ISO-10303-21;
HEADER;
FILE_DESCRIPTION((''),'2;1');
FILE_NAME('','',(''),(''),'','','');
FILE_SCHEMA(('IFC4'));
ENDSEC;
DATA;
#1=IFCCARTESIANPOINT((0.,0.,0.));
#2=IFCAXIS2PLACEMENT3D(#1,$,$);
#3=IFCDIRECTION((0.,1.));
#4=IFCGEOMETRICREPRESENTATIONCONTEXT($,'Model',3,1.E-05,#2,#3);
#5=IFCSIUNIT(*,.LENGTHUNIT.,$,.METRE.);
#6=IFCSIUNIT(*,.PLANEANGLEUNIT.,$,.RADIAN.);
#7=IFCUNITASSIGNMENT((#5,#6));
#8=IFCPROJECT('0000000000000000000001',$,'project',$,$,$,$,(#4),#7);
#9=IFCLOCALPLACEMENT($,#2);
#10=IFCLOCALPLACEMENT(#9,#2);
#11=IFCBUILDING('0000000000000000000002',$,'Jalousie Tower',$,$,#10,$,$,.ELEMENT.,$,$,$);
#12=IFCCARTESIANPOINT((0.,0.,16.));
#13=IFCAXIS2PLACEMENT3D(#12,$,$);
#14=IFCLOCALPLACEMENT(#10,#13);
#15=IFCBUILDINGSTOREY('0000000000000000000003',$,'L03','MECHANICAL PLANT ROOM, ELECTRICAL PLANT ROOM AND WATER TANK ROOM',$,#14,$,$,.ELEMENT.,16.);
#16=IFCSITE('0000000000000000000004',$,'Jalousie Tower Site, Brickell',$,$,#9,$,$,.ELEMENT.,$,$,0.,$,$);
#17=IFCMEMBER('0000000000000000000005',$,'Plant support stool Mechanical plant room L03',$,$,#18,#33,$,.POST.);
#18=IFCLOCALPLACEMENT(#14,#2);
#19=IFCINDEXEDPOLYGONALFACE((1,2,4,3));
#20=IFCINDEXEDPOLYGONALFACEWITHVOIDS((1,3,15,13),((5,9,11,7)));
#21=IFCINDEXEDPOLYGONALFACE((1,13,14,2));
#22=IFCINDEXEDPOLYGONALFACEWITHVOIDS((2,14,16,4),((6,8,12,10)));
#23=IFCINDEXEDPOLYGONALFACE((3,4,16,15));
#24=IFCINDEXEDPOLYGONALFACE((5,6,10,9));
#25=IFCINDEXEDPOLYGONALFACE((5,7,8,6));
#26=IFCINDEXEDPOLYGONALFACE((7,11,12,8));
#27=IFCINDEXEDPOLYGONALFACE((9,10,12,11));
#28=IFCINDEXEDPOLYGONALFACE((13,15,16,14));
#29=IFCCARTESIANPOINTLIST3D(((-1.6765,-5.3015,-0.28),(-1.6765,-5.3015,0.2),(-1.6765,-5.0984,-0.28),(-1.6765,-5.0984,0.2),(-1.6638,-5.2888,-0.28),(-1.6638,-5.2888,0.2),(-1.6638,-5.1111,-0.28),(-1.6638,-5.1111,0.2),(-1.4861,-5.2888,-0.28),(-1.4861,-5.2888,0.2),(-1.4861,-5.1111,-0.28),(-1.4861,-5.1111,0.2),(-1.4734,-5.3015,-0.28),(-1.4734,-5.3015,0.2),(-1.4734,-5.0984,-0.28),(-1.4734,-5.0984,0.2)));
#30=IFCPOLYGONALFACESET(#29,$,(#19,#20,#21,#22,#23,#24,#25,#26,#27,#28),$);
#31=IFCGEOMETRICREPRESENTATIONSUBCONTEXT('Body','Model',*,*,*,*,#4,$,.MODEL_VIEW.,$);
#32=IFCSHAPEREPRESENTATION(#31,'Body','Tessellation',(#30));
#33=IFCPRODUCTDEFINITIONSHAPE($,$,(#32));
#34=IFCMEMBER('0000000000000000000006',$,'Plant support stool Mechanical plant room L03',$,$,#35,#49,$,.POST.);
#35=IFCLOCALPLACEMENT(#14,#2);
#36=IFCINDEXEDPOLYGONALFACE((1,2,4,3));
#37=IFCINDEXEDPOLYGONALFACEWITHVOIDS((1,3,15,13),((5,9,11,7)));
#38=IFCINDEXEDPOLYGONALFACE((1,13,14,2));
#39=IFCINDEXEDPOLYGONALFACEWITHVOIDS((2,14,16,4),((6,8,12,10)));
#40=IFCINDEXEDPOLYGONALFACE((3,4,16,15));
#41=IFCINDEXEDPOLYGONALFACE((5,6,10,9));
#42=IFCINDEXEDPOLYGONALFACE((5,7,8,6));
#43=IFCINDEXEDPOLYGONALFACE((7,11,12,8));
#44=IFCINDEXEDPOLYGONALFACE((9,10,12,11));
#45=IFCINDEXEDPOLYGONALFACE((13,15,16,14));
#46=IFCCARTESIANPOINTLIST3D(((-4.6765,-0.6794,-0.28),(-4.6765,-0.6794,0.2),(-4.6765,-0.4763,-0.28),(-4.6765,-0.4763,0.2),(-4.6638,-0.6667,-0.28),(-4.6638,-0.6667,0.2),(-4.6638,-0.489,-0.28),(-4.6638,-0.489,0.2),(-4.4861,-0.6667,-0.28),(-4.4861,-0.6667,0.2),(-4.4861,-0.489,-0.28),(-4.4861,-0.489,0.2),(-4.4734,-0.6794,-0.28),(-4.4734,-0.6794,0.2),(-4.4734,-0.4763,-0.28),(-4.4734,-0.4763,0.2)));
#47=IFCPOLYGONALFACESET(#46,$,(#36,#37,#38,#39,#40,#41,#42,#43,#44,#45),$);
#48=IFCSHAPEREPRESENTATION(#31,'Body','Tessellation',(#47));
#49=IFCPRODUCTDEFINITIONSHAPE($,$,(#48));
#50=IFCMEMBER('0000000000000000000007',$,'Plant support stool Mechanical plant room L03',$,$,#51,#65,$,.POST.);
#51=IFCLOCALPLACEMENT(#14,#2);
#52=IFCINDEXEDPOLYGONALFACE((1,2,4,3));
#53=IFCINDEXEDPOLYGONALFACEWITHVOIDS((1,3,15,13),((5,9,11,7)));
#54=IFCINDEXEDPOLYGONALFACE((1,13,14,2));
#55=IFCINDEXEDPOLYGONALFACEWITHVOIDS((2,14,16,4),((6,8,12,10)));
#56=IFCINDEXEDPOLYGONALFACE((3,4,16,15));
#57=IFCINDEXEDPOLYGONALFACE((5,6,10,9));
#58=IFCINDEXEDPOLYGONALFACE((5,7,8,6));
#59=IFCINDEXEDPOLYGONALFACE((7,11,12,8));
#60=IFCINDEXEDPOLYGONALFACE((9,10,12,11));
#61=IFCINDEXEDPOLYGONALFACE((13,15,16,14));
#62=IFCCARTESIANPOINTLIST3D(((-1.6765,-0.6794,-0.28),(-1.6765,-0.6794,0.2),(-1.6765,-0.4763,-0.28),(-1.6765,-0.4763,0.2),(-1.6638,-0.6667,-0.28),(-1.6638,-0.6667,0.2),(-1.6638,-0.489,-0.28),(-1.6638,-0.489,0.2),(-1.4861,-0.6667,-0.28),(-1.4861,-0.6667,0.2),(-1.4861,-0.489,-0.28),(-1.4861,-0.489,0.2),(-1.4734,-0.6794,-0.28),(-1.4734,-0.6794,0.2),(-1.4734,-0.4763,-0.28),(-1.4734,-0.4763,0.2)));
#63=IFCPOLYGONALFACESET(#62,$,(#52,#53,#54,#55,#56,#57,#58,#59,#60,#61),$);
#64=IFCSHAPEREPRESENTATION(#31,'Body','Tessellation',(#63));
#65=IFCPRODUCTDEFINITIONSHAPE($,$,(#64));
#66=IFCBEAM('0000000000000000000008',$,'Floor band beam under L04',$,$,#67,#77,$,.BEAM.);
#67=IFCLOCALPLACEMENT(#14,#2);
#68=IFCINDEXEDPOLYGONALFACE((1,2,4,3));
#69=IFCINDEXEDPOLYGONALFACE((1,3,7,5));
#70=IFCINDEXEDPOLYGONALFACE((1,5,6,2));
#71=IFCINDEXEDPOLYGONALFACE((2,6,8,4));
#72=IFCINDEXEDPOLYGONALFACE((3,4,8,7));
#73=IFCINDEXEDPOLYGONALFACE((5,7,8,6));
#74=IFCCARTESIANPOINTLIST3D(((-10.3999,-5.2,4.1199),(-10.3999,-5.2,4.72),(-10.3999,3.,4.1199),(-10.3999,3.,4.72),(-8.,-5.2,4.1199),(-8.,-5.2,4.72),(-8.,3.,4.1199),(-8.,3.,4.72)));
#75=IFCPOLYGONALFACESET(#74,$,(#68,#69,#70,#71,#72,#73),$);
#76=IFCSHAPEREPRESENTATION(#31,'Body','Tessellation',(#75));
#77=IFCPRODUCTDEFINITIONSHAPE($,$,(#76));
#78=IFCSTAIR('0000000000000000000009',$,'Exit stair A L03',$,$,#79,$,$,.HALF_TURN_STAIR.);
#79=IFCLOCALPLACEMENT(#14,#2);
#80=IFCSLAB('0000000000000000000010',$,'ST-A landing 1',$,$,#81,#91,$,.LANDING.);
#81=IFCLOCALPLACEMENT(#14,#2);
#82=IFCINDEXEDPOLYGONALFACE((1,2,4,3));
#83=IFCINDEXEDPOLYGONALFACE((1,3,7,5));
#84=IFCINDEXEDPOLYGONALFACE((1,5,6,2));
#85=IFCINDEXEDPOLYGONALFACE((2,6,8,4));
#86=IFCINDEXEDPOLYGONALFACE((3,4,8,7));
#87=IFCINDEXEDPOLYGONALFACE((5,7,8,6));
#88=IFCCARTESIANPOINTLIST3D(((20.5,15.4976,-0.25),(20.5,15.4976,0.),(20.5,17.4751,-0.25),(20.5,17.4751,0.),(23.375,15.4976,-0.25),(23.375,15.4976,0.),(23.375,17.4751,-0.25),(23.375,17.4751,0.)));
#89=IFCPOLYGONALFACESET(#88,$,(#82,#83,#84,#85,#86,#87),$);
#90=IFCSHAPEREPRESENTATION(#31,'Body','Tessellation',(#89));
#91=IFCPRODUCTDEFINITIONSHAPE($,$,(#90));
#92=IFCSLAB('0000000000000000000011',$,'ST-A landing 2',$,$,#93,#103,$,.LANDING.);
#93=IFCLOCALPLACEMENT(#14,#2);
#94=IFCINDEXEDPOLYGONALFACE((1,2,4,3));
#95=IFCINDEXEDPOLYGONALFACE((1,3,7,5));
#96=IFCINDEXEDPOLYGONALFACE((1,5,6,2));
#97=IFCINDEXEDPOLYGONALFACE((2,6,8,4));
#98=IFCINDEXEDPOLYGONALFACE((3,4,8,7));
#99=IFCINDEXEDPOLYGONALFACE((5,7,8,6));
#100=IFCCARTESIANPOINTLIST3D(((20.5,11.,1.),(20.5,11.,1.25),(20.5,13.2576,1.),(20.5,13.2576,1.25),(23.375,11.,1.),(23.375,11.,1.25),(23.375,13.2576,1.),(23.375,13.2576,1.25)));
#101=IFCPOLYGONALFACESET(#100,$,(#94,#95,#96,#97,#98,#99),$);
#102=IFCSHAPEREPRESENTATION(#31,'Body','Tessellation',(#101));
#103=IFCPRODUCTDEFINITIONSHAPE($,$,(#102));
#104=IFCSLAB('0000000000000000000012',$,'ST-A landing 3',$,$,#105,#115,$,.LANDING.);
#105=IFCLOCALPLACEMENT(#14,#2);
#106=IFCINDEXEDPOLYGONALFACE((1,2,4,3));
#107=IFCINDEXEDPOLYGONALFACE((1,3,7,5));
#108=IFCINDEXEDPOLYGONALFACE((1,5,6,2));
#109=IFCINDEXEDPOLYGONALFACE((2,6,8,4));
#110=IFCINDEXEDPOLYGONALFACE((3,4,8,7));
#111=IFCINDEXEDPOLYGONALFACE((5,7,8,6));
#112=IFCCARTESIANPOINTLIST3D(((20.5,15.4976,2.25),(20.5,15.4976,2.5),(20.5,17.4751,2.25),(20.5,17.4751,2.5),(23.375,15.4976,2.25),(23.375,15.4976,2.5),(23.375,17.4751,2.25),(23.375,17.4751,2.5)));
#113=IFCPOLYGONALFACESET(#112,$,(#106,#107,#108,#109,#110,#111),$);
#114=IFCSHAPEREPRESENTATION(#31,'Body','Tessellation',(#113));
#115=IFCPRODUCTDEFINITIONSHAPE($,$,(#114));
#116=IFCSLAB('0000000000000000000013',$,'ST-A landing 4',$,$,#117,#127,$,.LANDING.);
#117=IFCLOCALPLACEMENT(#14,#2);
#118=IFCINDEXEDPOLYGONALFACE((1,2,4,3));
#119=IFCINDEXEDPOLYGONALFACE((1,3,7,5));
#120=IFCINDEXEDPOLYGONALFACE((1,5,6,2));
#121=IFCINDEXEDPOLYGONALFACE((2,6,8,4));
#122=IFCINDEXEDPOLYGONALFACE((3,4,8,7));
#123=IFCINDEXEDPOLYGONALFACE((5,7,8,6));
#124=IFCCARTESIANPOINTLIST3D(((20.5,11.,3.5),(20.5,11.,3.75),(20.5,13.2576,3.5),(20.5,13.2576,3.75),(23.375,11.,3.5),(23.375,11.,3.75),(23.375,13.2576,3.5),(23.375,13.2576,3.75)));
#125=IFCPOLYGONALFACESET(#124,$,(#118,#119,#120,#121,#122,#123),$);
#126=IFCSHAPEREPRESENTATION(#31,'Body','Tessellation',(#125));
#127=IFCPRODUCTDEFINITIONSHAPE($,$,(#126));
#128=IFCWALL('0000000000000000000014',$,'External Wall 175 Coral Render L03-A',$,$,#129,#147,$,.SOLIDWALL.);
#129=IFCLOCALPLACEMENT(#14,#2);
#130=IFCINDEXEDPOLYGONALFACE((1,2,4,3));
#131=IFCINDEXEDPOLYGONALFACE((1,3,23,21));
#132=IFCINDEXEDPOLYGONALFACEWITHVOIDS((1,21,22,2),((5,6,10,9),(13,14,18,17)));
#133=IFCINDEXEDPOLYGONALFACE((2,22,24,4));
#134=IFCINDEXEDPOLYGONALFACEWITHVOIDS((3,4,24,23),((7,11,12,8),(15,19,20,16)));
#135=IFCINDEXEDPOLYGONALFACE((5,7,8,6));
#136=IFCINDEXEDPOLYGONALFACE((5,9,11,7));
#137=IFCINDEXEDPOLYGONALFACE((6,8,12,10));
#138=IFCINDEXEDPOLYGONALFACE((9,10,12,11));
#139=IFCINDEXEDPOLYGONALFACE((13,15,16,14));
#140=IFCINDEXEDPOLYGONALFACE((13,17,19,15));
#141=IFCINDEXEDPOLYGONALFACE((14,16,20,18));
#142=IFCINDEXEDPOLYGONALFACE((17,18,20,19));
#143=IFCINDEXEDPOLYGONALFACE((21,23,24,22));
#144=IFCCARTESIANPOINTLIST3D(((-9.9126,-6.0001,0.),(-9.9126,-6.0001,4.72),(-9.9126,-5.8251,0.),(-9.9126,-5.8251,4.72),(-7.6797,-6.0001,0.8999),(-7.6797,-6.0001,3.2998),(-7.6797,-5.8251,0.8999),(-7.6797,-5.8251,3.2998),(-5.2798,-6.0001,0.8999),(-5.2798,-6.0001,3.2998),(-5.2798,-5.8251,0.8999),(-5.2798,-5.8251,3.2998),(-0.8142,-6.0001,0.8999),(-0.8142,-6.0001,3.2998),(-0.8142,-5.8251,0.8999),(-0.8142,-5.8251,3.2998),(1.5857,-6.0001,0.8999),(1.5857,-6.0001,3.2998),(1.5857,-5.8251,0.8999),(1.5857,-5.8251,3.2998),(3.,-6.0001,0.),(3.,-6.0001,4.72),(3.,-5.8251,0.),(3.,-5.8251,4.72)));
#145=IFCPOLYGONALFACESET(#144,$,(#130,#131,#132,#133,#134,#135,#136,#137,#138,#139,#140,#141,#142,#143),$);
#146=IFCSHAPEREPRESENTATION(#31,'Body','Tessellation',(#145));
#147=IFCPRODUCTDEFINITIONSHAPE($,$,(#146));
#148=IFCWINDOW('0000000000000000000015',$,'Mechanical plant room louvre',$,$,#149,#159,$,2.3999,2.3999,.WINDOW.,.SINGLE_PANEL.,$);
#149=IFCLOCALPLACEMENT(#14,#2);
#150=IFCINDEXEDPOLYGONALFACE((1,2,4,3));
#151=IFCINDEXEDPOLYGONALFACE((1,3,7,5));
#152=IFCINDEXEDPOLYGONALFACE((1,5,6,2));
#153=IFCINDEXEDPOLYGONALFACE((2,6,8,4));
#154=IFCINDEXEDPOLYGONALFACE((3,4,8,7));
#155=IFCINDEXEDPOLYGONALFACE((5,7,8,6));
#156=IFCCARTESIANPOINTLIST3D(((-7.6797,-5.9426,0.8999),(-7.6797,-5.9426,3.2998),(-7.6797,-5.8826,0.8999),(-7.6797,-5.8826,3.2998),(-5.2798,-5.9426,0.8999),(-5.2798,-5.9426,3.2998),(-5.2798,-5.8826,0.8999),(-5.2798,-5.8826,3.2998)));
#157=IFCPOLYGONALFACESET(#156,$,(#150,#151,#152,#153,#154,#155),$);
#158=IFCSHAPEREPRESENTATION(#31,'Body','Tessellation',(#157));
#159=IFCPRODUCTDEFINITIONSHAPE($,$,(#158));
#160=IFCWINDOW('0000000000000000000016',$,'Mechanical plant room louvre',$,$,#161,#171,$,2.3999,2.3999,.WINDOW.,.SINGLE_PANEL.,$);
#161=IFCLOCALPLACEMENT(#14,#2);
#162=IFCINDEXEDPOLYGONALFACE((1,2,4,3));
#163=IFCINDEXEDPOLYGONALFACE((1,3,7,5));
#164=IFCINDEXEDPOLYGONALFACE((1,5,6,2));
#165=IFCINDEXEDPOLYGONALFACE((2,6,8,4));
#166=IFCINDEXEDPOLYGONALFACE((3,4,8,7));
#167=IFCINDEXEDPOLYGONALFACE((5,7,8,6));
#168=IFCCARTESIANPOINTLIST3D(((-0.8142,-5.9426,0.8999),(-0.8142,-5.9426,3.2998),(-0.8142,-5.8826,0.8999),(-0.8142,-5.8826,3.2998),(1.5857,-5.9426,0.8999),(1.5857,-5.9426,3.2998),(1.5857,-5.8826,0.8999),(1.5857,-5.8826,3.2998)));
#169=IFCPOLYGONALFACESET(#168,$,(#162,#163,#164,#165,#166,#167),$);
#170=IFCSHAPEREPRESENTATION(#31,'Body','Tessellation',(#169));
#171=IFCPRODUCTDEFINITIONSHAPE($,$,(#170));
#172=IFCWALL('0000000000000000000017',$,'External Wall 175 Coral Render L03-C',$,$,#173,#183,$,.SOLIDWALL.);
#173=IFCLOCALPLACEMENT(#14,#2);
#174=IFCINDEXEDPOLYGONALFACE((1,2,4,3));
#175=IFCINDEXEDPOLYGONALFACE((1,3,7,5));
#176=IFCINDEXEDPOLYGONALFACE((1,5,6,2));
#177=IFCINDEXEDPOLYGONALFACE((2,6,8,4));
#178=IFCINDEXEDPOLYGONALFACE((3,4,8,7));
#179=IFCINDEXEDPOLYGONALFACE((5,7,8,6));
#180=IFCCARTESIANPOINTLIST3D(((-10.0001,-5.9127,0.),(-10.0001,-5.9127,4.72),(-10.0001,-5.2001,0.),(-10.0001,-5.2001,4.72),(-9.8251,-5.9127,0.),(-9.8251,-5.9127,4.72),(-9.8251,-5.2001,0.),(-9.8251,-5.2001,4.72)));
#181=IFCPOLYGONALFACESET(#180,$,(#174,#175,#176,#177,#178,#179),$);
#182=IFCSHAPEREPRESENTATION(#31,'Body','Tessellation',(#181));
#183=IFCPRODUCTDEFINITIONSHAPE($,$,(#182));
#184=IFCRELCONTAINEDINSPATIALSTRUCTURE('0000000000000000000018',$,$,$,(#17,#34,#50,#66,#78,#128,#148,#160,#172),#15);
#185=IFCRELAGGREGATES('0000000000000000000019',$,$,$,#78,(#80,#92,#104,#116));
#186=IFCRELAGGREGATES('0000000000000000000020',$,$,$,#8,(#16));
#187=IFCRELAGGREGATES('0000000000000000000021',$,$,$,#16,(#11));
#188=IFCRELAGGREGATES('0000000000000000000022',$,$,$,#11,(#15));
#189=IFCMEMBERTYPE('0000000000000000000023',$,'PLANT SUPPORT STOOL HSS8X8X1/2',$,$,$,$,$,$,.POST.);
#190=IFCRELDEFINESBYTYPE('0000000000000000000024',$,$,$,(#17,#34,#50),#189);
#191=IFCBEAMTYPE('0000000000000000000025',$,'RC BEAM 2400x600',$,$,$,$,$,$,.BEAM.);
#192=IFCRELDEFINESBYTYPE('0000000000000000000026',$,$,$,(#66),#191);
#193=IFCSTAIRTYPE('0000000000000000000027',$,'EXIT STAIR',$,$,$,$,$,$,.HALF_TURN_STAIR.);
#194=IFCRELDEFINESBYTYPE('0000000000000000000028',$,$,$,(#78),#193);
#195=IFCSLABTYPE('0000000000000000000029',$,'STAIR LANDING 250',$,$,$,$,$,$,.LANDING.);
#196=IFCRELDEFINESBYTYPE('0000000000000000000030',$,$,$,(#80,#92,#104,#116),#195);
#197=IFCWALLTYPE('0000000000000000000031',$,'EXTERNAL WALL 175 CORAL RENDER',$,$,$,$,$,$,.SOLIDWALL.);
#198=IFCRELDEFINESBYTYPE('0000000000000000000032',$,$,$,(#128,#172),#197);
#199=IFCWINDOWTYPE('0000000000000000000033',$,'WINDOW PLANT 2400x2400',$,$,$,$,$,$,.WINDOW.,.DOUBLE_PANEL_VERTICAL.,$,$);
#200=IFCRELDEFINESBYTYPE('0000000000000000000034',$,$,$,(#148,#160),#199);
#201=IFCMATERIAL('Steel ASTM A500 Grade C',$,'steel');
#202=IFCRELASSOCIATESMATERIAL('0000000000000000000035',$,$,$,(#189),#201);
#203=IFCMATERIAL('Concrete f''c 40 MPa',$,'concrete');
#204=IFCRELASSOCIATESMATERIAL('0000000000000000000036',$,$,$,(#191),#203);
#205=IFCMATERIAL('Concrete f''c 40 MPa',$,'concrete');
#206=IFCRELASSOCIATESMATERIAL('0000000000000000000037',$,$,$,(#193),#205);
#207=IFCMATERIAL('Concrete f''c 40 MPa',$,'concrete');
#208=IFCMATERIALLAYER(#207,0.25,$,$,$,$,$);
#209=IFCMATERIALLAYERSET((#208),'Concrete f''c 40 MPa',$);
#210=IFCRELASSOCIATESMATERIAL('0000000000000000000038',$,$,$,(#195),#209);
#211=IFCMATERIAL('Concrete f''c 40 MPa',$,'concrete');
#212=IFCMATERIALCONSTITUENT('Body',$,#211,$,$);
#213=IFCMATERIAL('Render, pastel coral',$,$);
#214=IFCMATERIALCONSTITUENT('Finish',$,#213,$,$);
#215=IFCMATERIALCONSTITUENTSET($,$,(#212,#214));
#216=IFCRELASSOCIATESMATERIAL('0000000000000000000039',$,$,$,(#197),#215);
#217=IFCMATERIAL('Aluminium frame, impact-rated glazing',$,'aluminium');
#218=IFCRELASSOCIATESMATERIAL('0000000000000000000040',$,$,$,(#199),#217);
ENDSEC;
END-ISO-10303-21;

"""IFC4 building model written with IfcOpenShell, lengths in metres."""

from ifc_helpers import new_model, si_unit, direction, frame, frame_2d, origin, origin_2d, place, context, subcontext, project, spatial, polyline, rectangle, hollow_rectangle, outline, extrude, material, layer, layer_set, constituent, constituent_set, material_profile, profile_set, type_object, element, fill, aggregate, save


model = new_model("IFC4")

# Units and contexts
model_context = context("Model", 3, precision=1e-05, world=origin(), true_north=direction((0.0, 1.0)))
body_context = subcontext(model_context, "Body", "Model", "MODEL_VIEW")
ifc_project = project(units=[si_unit("LENGTHUNIT", "METRE"), si_unit("PLANEANGLEUNIT", "RADIAN")], contexts=[model_context])

# Site, building, storey
site_placement = place(None, origin())
site = spatial("IfcSite", under=ifc_project, at=site_placement, Name="Jalousie Tower Site, Brickell", CompositionType="ELEMENT", RefElevation=0.0)
building_placement = place(site_placement, origin())
building = spatial("IfcBuilding", under=site, at=building_placement, Name="Jalousie Tower", CompositionType="ELEMENT")
storey_placement = place(building_placement, frame((0.0, 0.0, 16.0)))
storey = spatial("IfcBuildingStorey", under=building, at=storey_placement, Name="L03", Description="MECHANICAL PLANT ROOM, ELECTRICAL PLANT ROOM AND WATER TANK ROOM", CompositionType="ELEMENT", Elevation=16.0)

# Members
ifc_material_1 = material(Name="Steel ASTM A500 Grade C", Category="steel")
ifc_material_profile_1 = material_profile(ifc_material_1, hollow_rectangle(XDim=0.2031, YDim=0.2031, WallThickness=0.0127, at=origin_2d()), Name="HSS8X8X1/2")
ifc_profile_set_1 = profile_set([ifc_material_profile_1], Name="Steel ASTM A500 Grade C")
member_type = type_object("IfcMemberType", Name="PLANT SUPPORT STOOL HSS8X8X1/2", PredefinedType="POST", material=ifc_profile_set_1)
for number, where, z_axis, x_axis, name in (
    (1, (-1.575, -5.2, -0.28), (0.0, 0.0, 1.0), (1.0, 0.0, 0.0), "Plant support stool Mechanical plant room L03"),
    (2, (-4.575, -0.5779, -0.28), (0.0, 0.0, 1.0), (1.0, 0.0, 0.0), "Plant support stool Mechanical plant room L03"),
    (3, (-1.575, -0.5779, -0.28), (0.0, 0.0, 1.0), (1.0, 0.0, 0.0), "Plant support stool Mechanical plant room L03"),
):
    element("IfcMember", number, at=place(storey_placement, frame(where, z_axis=z_axis, x_axis=x_axis)), inside=storey, type_object=member_type, Name=name, PredefinedType="POST", context=body_context, shape_type="SweptSolid", body=[
        extrude(hollow_rectangle(XDim=0.2031, YDim=0.2031, WallThickness=0.0127, at=origin_2d()), origin(), (0.0, 0.0, 1.0), 0.48),
    ])

# Beam
ifc_material_2 = material(Name="Concrete f'c 40 MPa", Category="concrete")
ifc_material_profile_2 = material_profile(ifc_material_2, rectangle(XDim=2.3999, YDim=0.6001, at=origin_2d()), Name="RC 2400x600")
ifc_profile_set_2 = profile_set([ifc_material_profile_2], Name="Concrete f'c 40 MPa")
beam_type_1 = type_object("IfcBeamType", Name="RC BEAM 2400x600", PredefinedType="BEAM", material=ifc_profile_set_2)
beam_1_placement = place(storey_placement, frame((-9.2, -5.2, 4.4199), z_axis=(0.0, 1.0, 0.0), x_axis=(-1.0, 0.0, 0.0)))
element("IfcBeam", 4, at=beam_1_placement, inside=storey, type_object=beam_type_1, Name="Floor band beam under L04", PredefinedType="BEAM", context=body_context, shape_type="SweptSolid", body=[
    extrude(rectangle(XDim=2.3999, YDim=0.6001, at=origin_2d()), origin(), (0.0, 0.0, 1.0), 8.2),
])

# Stair, slabs
ifc_material_3 = material(Name="Concrete f'c 40 MPa", Category="concrete")
stair_type = type_object("IfcStairType", Name="EXIT STAIR", PredefinedType="HALF_TURN_STAIR", material=ifc_material_3)
stair_placement = place(storey_placement, origin())
stair = element("IfcStair", 5, at=stair_placement, inside=storey, type_object=stair_type, Name="Exit stair A L03", PredefinedType="HALF_TURN_STAIR")
ifc_material_4 = material(Name="Concrete f'c 40 MPa", Category="concrete")
ifc_layer_1 = layer(ifc_material_4, 0.25)
ifc_layer_set_1 = layer_set([ifc_layer_1], Name="Concrete f'c 40 MPa")
slab_type_1 = type_object("IfcSlabType", Name="STAIR LANDING 250", PredefinedType="LANDING", material=ifc_layer_set_1)
slab_1_placement = place(storey_placement, frame((0.0, 0.0, -0.25)))
slab_1 = element("IfcSlab", 6, at=slab_1_placement, type_object=slab_type_1, Name="ST-A landing 1", PredefinedType="LANDING", context=body_context, shape_type="SweptSolid", body=[
    extrude(outline(polyline([(20.5, 15.4976), (23.375, 15.4976), (23.375, 17.4751), (20.5, 17.4751), (20.5, 15.4976)])), origin(), (0.0, 0.0, 1.0), 0.25),
])
slab_2_placement = place(storey_placement, frame((0.0, 0.0, 1.0)))
slab_2 = element("IfcSlab", 7, at=slab_2_placement, type_object=slab_type_1, Name="ST-A landing 2", PredefinedType="LANDING", context=body_context, shape_type="SweptSolid", body=[
    extrude(outline(polyline([(20.5, 11.0), (23.375, 11.0), (23.375, 13.2576), (20.5, 13.2576), (20.5, 11.0)])), origin(), (0.0, 0.0, 1.0), 0.25),
])
slab_3_placement = place(storey_placement, frame((0.0, 0.0, 2.25)))
slab_3 = element("IfcSlab", 8, at=slab_3_placement, type_object=slab_type_1, Name="ST-A landing 3", PredefinedType="LANDING", context=body_context, shape_type="SweptSolid", body=[
    extrude(outline(polyline([(20.5, 15.4976), (23.375, 15.4976), (23.375, 17.4751), (20.5, 17.4751), (20.5, 15.4976)])), origin(), (0.0, 0.0, 1.0), 0.25),
])
slab_4_placement = place(storey_placement, frame((0.0, 0.0, 3.5)))
slab_4 = element("IfcSlab", 9, at=slab_4_placement, type_object=slab_type_1, Name="ST-A landing 4", PredefinedType="LANDING", context=body_context, shape_type="SweptSolid", body=[
    extrude(outline(polyline([(20.5, 11.0), (23.375, 11.0), (23.375, 13.2576), (20.5, 13.2576), (20.5, 11.0)])), origin(), (0.0, 0.0, 1.0), 0.25),
])
aggregate(stair, [slab_1, slab_2, slab_3, slab_4])

# Wall, openings, windows
ifc_material_5 = material(Name="Concrete f'c 40 MPa", Category="concrete")
ifc_constituent_1 = constituent(ifc_material_5, Name="Body")
ifc_material_6 = material(Name="Render, pastel coral")
ifc_constituent_2 = constituent(ifc_material_6, Name="Finish")
ifc_constituent_set = constituent_set(constituents=[ifc_constituent_1, ifc_constituent_2])
wall_type = type_object("IfcWallType", Name="EXTERNAL WALL 175 CORAL RENDER", PredefinedType="SOLIDWALL", material=ifc_constituent_set)
wall_1_placement = place(storey_placement, frame((-9.9126, -5.9126, 0.0), z_axis=(0.0, 0.0, 1.0), x_axis=(1.0, 0.0, 0.0)))
wall_1 = element("IfcWall", 10, at=wall_1_placement, inside=storey, type_object=wall_type, Name="External Wall 175 Coral Render L03-A", PredefinedType="SOLIDWALL", context=body_context, shape_type="SweptSolid", body=[
    extrude(rectangle(XDim=12.9126, YDim=0.175, at=frame_2d((6.4563, 0.0))), origin(), (0.0, 0.0, 1.0), 4.72),
])
opening_1_placement = place(wall_1_placement, frame((2.2329, 0.0, 0.8999)))
opening_1 = element("IfcOpeningElement", 11, at=opening_1_placement, cuts=wall_1, PredefinedType="OPENING", context=body_context, shape_type="SweptSolid", body=[
    extrude(rectangle(XDim=2.3999, YDim=2.3999, at=frame_2d((1.2, 1.2))), frame((0.0, 0.0974, 0.0), z_axis=(0.0, -1.0, 0.0), x_axis=(1.0, 0.0, 0.0)), (0.0, 0.0, 1.0), 0.1951),
])
opening_2_placement = place(wall_1_placement, frame((9.0984, 0.0, 0.8999)))
opening_2 = element("IfcOpeningElement", 12, at=opening_2_placement, cuts=wall_1, PredefinedType="OPENING", context=body_context, shape_type="SweptSolid", body=[
    extrude(rectangle(XDim=2.3999, YDim=2.3999, at=frame_2d((1.2, 1.2))), frame((0.0, 0.0974, 0.0), z_axis=(0.0, -1.0, 0.0), x_axis=(1.0, 0.0, 0.0)), (0.0, 0.0, 1.0), 0.1951),
])
ifc_material_7 = material(Name="Aluminium frame, impact-rated glazing", Category="aluminium")
window_type = type_object("IfcWindowType", Name="WINDOW PLANT 2400x2400", PartitioningType="DOUBLE_PANEL_VERTICAL", PredefinedType="WINDOW", material=ifc_material_7)
window_1_placement = place(opening_1_placement, origin())
window_1 = element("IfcWindow", 13, at=window_1_placement, inside=storey, type_object=window_type, Name="Mechanical plant room louvre", OverallHeight=2.3999, OverallWidth=2.3999, PartitioningType="SINGLE_PANEL", PredefinedType="WINDOW", context=body_context, shape_type="SweptSolid", body=[
    extrude(rectangle(XDim=2.3999, YDim=2.3999, at=frame_2d((1.2, 1.2))), frame((0.0, 0.03, 0.0), z_axis=(0.0, -1.0, 0.0), x_axis=(1.0, 0.0, 0.0)), (0.0, 0.0, 1.0), 0.0601),
])
fill(opening_1, window_1)
window_2_placement = place(opening_2_placement, origin())
window_2 = element("IfcWindow", 14, at=window_2_placement, inside=storey, type_object=window_type, Name="Mechanical plant room louvre", OverallHeight=2.3999, OverallWidth=2.3999, PartitioningType="SINGLE_PANEL", PredefinedType="WINDOW", context=body_context, shape_type="SweptSolid", body=[
    extrude(rectangle(XDim=2.3999, YDim=2.3999, at=frame_2d((1.2, 1.2))), frame((0.0, 0.03, 0.0), z_axis=(0.0, -1.0, 0.0), x_axis=(1.0, 0.0, 0.0)), (0.0, 0.0, 1.0), 0.0601),
])
fill(opening_2, window_2)

# Wall
wall_2_placement = place(storey_placement, frame((-9.9126, -5.2, 0.0), z_axis=(0.0, 0.0, 1.0), x_axis=(0.0, -1.0, 0.0)))
element("IfcWall", 15, at=wall_2_placement, inside=storey, type_object=wall_type, Name="External Wall 175 Coral Render L03-C", PredefinedType="SOLIDWALL", context=body_context, shape_type="SweptSolid", body=[
    extrude(rectangle(XDim=0.7126, YDim=0.175, at=frame_2d((0.3564, 0.0))), origin(), (0.0, 0.0, 1.0), 4.72),
])

save(model, "model.ifc")
